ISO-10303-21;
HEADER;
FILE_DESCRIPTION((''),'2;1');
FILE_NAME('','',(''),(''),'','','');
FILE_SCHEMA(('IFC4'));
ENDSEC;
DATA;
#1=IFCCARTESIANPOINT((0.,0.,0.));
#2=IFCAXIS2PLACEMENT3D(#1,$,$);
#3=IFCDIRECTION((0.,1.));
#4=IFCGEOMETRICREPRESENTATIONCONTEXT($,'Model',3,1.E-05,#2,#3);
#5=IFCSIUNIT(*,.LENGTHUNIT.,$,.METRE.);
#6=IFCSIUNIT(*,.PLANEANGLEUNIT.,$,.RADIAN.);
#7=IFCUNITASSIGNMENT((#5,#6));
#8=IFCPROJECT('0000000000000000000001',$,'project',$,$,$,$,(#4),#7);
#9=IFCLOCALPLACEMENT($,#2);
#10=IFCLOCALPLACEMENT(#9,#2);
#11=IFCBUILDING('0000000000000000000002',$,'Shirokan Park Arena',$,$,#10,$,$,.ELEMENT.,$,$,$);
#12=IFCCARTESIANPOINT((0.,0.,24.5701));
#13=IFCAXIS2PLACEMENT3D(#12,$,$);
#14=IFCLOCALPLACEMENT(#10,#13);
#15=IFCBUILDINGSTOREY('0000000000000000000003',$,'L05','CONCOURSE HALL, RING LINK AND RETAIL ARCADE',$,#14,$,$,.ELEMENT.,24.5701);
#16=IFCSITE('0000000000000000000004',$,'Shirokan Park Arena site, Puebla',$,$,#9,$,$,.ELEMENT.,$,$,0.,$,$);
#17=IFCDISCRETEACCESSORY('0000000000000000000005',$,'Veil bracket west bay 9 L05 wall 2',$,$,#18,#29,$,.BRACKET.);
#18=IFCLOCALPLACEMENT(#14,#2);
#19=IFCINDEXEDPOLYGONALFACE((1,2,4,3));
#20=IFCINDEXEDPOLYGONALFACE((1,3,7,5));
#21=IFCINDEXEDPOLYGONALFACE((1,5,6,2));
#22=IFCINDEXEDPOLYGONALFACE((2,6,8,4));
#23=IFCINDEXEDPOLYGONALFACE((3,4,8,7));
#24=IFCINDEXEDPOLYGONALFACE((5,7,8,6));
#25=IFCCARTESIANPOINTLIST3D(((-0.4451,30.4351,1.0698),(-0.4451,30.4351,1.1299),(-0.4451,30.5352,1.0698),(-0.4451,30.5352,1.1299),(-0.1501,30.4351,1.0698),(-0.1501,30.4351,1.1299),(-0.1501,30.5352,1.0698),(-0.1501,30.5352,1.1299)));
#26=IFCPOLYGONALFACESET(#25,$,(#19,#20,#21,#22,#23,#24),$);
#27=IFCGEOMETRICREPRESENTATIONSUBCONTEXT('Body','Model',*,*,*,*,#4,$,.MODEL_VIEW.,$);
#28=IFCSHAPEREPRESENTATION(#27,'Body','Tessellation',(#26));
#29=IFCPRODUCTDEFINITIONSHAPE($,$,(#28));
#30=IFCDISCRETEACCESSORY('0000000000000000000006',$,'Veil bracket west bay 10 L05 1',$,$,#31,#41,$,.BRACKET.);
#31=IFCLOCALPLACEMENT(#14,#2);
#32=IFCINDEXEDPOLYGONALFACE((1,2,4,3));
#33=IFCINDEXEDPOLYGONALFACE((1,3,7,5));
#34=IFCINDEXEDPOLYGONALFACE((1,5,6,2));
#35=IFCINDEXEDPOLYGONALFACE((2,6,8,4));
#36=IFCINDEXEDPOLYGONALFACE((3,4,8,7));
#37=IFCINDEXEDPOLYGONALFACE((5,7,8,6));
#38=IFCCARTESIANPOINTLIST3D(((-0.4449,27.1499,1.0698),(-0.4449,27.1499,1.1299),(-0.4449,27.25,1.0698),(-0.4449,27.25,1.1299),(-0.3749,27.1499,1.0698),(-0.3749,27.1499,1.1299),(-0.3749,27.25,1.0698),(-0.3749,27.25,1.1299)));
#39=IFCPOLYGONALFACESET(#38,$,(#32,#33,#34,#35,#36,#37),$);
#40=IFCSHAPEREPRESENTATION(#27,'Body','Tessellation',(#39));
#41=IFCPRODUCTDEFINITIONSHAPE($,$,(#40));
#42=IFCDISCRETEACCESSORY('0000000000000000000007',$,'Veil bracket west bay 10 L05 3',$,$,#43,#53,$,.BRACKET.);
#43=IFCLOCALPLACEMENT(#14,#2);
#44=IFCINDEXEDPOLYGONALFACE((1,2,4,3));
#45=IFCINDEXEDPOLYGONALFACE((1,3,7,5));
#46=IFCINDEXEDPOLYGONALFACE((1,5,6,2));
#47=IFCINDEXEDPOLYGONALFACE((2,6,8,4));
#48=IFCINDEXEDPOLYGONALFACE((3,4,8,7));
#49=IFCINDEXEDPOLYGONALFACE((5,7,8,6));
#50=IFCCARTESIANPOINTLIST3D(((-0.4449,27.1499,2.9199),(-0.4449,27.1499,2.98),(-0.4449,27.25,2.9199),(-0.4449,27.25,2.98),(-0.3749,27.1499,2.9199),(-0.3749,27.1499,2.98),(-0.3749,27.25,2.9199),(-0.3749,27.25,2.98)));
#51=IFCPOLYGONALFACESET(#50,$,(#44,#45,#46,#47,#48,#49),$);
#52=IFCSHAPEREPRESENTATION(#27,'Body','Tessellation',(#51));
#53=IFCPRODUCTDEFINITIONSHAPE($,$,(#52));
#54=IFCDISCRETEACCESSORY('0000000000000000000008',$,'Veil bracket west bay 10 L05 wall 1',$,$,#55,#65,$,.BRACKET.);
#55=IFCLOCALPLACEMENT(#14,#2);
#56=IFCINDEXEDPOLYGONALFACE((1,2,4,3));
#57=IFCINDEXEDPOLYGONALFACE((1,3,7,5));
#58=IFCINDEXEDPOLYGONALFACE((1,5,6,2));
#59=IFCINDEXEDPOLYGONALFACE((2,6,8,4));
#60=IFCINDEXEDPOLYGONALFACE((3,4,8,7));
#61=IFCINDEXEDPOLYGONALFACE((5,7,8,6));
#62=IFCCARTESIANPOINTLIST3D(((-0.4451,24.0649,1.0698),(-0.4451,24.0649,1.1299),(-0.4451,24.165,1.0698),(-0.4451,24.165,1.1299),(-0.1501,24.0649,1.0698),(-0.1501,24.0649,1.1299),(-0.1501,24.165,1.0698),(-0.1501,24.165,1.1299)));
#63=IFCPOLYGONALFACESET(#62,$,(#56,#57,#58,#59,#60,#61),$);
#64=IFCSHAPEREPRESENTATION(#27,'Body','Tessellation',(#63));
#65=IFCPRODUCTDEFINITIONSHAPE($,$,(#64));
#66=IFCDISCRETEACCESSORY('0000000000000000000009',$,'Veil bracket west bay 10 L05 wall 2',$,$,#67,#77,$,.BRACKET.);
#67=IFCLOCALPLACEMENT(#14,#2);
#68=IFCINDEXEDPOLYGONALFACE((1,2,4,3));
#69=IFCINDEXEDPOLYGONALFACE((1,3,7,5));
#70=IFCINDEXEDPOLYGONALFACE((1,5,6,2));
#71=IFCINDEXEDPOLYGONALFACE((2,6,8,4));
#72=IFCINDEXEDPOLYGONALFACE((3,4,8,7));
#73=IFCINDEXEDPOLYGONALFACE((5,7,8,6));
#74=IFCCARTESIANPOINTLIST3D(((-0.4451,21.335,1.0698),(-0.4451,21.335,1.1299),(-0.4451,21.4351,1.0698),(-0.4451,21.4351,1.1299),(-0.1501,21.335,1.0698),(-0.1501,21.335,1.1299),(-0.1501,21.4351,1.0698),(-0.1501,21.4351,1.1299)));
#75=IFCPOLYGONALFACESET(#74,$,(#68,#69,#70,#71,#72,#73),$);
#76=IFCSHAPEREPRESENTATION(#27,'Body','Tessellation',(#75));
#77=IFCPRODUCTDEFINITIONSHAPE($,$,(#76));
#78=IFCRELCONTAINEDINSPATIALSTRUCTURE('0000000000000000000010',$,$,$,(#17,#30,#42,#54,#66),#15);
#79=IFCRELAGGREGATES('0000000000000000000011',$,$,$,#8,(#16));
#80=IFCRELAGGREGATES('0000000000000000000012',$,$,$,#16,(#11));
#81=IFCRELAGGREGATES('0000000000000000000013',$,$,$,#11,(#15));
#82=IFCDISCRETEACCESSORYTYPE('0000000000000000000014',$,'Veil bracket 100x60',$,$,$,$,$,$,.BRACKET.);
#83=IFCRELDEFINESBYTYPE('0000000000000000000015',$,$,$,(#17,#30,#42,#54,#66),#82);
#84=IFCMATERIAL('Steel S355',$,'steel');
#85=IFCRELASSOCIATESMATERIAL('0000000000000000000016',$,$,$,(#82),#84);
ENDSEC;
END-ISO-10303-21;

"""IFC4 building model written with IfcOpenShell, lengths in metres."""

from ifc_helpers import new_model, si_unit, direction, frame, origin, origin_2d, place, context, subcontext, project, spatial, rectangle, extrude, material, type_object, element, save


model = new_model("IFC4")

# Units and contexts
model_context = context("Model", 3, precision=1e-05, world=origin(), true_north=direction((0.0, 1.0)))
body_context = subcontext(model_context, "Body", "Model", "MODEL_VIEW")
ifc_project = project(units=[si_unit("LENGTHUNIT", "METRE"), si_unit("PLANEANGLEUNIT", "RADIAN")], contexts=[model_context])

# Site, building, storey
site_placement = place(None, origin())
site = spatial("IfcSite", under=ifc_project, at=site_placement, Name="Shirokan Park Arena site, Puebla", CompositionType="ELEMENT", RefElevation=0.0)
building_placement = place(site_placement, origin())
building = spatial("IfcBuilding", under=site, at=building_placement, Name="Shirokan Park Arena", CompositionType="ELEMENT")
storey_placement = place(building_placement, frame((0.0, 0.0, 24.5701)))
storey = spatial("IfcBuildingStorey", under=building, at=storey_placement, Name="L05", Description="CONCOURSE HALL, RING LINK AND RETAIL ARCADE", CompositionType="ELEMENT", Elevation=24.5701)

# Discrete accessories
ifc_material_1 = material(Name="Steel S355", Category="steel")
discrete_accessory_type = type_object("IfcDiscreteAccessoryType", Name="Veil bracket 100x60", PredefinedType="BRACKET", material=ifc_material_1)
for number, where, z_axis, x_axis, name in (
    (1, (-0.2976, 30.4851, 1.0698), (0.0, 0.0, 1.0), (0.0, -1.0, 0.0), "Veil bracket west bay 9 L05 wall 2"),
):
    element("IfcDiscreteAccessory", number, at=place(storey_placement, frame(where, z_axis=z_axis, x_axis=x_axis)), inside=storey, type_object=discrete_accessory_type, Name=name, PredefinedType="BRACKET", context=body_context, shape_type="SweptSolid", body=[
        extrude(rectangle(XDim=0.1001, YDim=0.2949, at=origin_2d()), origin(), (0.0, 0.0, 1.0), 0.0601),
    ])
for number, where, z_axis, x_axis, name in (
    (2, (-0.4099, 27.2, 1.0698), (0.0, 0.0, 1.0), (0.0, -1.0, 0.0), "Veil bracket west bay 10 L05 1"),
    (3, (-0.4099, 27.2, 2.9199), (0.0, 0.0, 1.0), (0.0, -1.0, 0.0), "Veil bracket west bay 10 L05 3"),
):
    element("IfcDiscreteAccessory", number, at=place(storey_placement, frame(where, z_axis=z_axis, x_axis=x_axis)), inside=storey, type_object=discrete_accessory_type, Name=name, PredefinedType="BRACKET", context=body_context, shape_type="SweptSolid", body=[
        extrude(rectangle(XDim=0.1001, YDim=0.0701, at=origin_2d()), origin(), (0.0, 0.0, 1.0), 0.0601),
    ])
for number, where, z_axis, x_axis, name in (
    (4, (-0.2976, 24.115, 1.0698), (0.0, 0.0, 1.0), (0.0, -1.0, 0.0), "Veil bracket west bay 10 L05 wall 1"),
    (5, (-0.2976, 21.385, 1.0698), (0.0, 0.0, 1.0), (0.0, -1.0, 0.0), "Veil bracket west bay 10 L05 wall 2"),
):
    element("IfcDiscreteAccessory", number, at=place(storey_placement, frame(where, z_axis=z_axis, x_axis=x_axis)), inside=storey, type_object=discrete_accessory_type, Name=name, PredefinedType="BRACKET", context=body_context, shape_type="SweptSolid", body=[
        extrude(rectangle(XDim=0.1001, YDim=0.2949, at=origin_2d()), origin(), (0.0, 0.0, 1.0), 0.0601),
    ])

save(model, "model.ifc")
